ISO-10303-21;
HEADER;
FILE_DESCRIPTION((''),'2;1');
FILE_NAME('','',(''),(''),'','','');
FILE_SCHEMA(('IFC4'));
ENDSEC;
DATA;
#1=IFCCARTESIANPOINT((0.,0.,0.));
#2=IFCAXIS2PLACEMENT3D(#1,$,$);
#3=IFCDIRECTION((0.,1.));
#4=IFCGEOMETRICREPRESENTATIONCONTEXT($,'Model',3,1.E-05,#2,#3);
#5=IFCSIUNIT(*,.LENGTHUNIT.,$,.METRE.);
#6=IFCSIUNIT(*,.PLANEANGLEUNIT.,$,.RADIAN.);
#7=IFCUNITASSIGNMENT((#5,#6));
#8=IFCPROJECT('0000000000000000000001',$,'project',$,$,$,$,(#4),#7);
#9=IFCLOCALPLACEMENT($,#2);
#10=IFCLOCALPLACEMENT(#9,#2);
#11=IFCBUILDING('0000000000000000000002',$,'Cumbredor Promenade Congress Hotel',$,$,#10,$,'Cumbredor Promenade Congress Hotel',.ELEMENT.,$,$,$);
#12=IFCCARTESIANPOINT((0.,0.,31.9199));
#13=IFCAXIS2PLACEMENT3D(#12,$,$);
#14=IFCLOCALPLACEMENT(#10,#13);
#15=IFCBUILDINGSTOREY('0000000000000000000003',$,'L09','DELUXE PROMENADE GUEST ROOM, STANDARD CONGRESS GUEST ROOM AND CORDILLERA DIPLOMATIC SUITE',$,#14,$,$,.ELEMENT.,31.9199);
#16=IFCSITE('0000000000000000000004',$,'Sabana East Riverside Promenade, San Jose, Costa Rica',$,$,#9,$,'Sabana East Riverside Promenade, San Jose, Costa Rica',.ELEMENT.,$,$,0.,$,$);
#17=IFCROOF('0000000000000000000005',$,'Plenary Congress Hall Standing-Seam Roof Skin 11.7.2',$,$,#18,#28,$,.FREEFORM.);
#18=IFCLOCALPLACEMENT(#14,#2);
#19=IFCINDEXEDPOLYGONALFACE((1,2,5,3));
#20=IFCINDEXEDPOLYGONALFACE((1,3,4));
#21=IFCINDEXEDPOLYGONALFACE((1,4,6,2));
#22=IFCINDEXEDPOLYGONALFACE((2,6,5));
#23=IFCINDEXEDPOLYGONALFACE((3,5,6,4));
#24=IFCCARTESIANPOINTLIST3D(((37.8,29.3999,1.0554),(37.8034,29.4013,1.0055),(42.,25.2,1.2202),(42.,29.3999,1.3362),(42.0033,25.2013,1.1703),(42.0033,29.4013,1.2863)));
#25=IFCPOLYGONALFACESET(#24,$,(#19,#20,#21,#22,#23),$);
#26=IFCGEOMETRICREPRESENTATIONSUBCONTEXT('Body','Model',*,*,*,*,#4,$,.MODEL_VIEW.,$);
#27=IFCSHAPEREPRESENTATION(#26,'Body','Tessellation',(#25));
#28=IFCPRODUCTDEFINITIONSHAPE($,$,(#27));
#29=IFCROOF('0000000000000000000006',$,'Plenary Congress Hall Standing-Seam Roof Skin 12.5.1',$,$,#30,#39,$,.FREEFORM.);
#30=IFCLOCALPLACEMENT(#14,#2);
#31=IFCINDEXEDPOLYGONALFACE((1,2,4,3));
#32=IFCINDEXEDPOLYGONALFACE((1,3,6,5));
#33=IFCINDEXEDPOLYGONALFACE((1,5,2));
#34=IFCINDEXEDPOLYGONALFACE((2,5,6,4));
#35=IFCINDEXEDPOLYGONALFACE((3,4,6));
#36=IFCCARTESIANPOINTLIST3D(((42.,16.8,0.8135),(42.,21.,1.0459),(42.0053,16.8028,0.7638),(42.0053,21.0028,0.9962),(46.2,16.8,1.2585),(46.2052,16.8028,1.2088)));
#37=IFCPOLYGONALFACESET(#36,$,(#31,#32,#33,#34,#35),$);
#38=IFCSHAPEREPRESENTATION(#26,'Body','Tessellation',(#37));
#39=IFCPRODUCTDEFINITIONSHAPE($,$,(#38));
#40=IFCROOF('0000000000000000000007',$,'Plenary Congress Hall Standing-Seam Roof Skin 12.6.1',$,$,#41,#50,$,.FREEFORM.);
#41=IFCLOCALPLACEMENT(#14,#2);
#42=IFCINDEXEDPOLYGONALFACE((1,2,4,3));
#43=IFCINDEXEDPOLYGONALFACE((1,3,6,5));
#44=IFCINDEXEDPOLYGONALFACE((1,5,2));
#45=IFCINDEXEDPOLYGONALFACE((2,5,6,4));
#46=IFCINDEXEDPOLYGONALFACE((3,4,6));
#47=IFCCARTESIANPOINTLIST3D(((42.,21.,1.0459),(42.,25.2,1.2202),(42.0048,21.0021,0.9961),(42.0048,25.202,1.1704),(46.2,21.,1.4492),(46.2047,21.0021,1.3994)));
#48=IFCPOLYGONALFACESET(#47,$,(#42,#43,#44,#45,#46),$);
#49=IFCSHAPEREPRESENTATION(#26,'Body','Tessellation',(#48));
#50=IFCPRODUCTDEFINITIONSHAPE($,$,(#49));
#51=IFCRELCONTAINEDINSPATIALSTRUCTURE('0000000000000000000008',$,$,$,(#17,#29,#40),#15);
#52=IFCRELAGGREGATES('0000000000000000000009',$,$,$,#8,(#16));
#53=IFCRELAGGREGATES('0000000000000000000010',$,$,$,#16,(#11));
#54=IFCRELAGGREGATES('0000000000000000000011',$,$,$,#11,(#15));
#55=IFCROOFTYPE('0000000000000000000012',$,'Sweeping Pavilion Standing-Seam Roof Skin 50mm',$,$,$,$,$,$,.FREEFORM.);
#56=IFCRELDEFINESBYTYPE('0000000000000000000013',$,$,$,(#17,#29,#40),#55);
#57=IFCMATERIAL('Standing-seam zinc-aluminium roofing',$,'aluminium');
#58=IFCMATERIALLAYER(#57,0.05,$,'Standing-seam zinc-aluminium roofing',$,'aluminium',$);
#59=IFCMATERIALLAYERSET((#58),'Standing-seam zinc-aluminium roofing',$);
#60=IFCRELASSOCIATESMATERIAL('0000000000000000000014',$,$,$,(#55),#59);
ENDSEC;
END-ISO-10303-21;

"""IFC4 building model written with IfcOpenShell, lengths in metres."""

from ifc_helpers import new_model, si_unit, direction, frame, origin, place, context, subcontext, project, spatial, polyline, outline, extrude, material, layer, layer_set, type_object, element, save


model = new_model("IFC4")

# Units and contexts
model_context = context("Model", 3, precision=1e-05, world=origin(), true_north=direction((0.0, 1.0)))
body_context = subcontext(model_context, "Body", "Model", "MODEL_VIEW")
ifc_project = project(units=[si_unit("LENGTHUNIT", "METRE"), si_unit("PLANEANGLEUNIT", "RADIAN")], contexts=[model_context])

# Site, building, storey
site_placement = place(None, origin())
site = spatial("IfcSite", under=ifc_project, at=site_placement, Name="Sabana East Riverside Promenade, San Jose, Costa Rica", LongName="Sabana East Riverside Promenade, San Jose, Costa Rica", CompositionType="ELEMENT", RefElevation=0.0)
building_placement = place(site_placement, origin())
building = spatial("IfcBuilding", under=site, at=building_placement, Name="Cumbredor Promenade Congress Hotel", LongName="Cumbredor Promenade Congress Hotel", CompositionType="ELEMENT")
storey_placement = place(building_placement, frame((0.0, 0.0, 31.9199)))
storey = spatial("IfcBuildingStorey", under=building, at=storey_placement, Name="L09", Description="DELUXE PROMENADE GUEST ROOM, STANDARD CONGRESS GUEST ROOM AND CORDILLERA DIPLOMATIC SUITE", CompositionType="ELEMENT", Elevation=31.9199)

# Roofs
ifc_material_1 = material(Name="Standing-seam zinc-aluminium roofing", Category="aluminium")
ifc_layer_1 = layer(ifc_material_1, 0.05, Name="Standing-seam zinc-aluminium roofing", Category="aluminium")
ifc_layer_set_1 = layer_set([ifc_layer_1], Name="Standing-seam zinc-aluminium roofing")
roof_type = type_object("IfcRoofType", Name="Sweeping Pavilion Standing-Seam Roof Skin 50mm", PredefinedType="FREEFORM", material=ifc_layer_set_1)
roof_1_placement = place(storey_placement, frame((42.0, 25.2, 1.2202), z_axis=(-0.066675, -0.02754, 0.997395), x_axis=(0.0, 0.999619, 0.027601)))
element("IfcRoof", 1, at=roof_1_placement, inside=storey, type_object=roof_type, Name="Plenary Congress Hall Standing-Seam Roof Skin 11.7.2", PredefinedType="FREEFORM", context=body_context, shape_type="SweptSolid", body=[
    extrude(outline(polyline([(0.0, 0.0), (4.2016, 0.0), (4.1938, 4.2093), (0.0, 0.0)])), origin(), (0.0, 0.0, -1.0), 0.05),
])
roof_2_placement = place(storey_placement, frame((42.0, 16.8, 0.8135), z_axis=(-0.105221, -0.054948, 0.99293), x_axis=(0.994432, 0.0, 0.10538)))
element("IfcRoof", 2, at=roof_2_placement, inside=storey, type_object=roof_type, Name="Plenary Congress Hall Standing-Seam Roof Skin 12.5.1", PredefinedType="FREEFORM", context=body_context, shape_type="SweptSolid", body=[
    extrude(outline(polyline([(0.0, 0.0), (4.2235, 0.0), (0.0245, 4.2063), (0.0, 0.0)])), origin(), (0.0, 0.0, -1.0), 0.05),
])
roof_3_placement = place(storey_placement, frame((42.0, 21.0, 1.0459), z_axis=(-0.095509, -0.041279, 0.994572), x_axis=(0.995421, 0.0, 0.09559)))
element("IfcRoof", 3, at=roof_3_placement, inside=storey, type_object=roof_type, Name="Plenary Congress Hall Standing-Seam Roof Skin 12.6.1", PredefinedType="FREEFORM", context=body_context, shape_type="SweptSolid", body=[
    extrude(outline(polyline([(0.0, 0.0), (4.2193, 0.0), (0.0167, 4.2035), (0.0, 0.0)])), origin(), (0.0, 0.0, -1.0), 0.05),
])

save(model, "model.ifc")
